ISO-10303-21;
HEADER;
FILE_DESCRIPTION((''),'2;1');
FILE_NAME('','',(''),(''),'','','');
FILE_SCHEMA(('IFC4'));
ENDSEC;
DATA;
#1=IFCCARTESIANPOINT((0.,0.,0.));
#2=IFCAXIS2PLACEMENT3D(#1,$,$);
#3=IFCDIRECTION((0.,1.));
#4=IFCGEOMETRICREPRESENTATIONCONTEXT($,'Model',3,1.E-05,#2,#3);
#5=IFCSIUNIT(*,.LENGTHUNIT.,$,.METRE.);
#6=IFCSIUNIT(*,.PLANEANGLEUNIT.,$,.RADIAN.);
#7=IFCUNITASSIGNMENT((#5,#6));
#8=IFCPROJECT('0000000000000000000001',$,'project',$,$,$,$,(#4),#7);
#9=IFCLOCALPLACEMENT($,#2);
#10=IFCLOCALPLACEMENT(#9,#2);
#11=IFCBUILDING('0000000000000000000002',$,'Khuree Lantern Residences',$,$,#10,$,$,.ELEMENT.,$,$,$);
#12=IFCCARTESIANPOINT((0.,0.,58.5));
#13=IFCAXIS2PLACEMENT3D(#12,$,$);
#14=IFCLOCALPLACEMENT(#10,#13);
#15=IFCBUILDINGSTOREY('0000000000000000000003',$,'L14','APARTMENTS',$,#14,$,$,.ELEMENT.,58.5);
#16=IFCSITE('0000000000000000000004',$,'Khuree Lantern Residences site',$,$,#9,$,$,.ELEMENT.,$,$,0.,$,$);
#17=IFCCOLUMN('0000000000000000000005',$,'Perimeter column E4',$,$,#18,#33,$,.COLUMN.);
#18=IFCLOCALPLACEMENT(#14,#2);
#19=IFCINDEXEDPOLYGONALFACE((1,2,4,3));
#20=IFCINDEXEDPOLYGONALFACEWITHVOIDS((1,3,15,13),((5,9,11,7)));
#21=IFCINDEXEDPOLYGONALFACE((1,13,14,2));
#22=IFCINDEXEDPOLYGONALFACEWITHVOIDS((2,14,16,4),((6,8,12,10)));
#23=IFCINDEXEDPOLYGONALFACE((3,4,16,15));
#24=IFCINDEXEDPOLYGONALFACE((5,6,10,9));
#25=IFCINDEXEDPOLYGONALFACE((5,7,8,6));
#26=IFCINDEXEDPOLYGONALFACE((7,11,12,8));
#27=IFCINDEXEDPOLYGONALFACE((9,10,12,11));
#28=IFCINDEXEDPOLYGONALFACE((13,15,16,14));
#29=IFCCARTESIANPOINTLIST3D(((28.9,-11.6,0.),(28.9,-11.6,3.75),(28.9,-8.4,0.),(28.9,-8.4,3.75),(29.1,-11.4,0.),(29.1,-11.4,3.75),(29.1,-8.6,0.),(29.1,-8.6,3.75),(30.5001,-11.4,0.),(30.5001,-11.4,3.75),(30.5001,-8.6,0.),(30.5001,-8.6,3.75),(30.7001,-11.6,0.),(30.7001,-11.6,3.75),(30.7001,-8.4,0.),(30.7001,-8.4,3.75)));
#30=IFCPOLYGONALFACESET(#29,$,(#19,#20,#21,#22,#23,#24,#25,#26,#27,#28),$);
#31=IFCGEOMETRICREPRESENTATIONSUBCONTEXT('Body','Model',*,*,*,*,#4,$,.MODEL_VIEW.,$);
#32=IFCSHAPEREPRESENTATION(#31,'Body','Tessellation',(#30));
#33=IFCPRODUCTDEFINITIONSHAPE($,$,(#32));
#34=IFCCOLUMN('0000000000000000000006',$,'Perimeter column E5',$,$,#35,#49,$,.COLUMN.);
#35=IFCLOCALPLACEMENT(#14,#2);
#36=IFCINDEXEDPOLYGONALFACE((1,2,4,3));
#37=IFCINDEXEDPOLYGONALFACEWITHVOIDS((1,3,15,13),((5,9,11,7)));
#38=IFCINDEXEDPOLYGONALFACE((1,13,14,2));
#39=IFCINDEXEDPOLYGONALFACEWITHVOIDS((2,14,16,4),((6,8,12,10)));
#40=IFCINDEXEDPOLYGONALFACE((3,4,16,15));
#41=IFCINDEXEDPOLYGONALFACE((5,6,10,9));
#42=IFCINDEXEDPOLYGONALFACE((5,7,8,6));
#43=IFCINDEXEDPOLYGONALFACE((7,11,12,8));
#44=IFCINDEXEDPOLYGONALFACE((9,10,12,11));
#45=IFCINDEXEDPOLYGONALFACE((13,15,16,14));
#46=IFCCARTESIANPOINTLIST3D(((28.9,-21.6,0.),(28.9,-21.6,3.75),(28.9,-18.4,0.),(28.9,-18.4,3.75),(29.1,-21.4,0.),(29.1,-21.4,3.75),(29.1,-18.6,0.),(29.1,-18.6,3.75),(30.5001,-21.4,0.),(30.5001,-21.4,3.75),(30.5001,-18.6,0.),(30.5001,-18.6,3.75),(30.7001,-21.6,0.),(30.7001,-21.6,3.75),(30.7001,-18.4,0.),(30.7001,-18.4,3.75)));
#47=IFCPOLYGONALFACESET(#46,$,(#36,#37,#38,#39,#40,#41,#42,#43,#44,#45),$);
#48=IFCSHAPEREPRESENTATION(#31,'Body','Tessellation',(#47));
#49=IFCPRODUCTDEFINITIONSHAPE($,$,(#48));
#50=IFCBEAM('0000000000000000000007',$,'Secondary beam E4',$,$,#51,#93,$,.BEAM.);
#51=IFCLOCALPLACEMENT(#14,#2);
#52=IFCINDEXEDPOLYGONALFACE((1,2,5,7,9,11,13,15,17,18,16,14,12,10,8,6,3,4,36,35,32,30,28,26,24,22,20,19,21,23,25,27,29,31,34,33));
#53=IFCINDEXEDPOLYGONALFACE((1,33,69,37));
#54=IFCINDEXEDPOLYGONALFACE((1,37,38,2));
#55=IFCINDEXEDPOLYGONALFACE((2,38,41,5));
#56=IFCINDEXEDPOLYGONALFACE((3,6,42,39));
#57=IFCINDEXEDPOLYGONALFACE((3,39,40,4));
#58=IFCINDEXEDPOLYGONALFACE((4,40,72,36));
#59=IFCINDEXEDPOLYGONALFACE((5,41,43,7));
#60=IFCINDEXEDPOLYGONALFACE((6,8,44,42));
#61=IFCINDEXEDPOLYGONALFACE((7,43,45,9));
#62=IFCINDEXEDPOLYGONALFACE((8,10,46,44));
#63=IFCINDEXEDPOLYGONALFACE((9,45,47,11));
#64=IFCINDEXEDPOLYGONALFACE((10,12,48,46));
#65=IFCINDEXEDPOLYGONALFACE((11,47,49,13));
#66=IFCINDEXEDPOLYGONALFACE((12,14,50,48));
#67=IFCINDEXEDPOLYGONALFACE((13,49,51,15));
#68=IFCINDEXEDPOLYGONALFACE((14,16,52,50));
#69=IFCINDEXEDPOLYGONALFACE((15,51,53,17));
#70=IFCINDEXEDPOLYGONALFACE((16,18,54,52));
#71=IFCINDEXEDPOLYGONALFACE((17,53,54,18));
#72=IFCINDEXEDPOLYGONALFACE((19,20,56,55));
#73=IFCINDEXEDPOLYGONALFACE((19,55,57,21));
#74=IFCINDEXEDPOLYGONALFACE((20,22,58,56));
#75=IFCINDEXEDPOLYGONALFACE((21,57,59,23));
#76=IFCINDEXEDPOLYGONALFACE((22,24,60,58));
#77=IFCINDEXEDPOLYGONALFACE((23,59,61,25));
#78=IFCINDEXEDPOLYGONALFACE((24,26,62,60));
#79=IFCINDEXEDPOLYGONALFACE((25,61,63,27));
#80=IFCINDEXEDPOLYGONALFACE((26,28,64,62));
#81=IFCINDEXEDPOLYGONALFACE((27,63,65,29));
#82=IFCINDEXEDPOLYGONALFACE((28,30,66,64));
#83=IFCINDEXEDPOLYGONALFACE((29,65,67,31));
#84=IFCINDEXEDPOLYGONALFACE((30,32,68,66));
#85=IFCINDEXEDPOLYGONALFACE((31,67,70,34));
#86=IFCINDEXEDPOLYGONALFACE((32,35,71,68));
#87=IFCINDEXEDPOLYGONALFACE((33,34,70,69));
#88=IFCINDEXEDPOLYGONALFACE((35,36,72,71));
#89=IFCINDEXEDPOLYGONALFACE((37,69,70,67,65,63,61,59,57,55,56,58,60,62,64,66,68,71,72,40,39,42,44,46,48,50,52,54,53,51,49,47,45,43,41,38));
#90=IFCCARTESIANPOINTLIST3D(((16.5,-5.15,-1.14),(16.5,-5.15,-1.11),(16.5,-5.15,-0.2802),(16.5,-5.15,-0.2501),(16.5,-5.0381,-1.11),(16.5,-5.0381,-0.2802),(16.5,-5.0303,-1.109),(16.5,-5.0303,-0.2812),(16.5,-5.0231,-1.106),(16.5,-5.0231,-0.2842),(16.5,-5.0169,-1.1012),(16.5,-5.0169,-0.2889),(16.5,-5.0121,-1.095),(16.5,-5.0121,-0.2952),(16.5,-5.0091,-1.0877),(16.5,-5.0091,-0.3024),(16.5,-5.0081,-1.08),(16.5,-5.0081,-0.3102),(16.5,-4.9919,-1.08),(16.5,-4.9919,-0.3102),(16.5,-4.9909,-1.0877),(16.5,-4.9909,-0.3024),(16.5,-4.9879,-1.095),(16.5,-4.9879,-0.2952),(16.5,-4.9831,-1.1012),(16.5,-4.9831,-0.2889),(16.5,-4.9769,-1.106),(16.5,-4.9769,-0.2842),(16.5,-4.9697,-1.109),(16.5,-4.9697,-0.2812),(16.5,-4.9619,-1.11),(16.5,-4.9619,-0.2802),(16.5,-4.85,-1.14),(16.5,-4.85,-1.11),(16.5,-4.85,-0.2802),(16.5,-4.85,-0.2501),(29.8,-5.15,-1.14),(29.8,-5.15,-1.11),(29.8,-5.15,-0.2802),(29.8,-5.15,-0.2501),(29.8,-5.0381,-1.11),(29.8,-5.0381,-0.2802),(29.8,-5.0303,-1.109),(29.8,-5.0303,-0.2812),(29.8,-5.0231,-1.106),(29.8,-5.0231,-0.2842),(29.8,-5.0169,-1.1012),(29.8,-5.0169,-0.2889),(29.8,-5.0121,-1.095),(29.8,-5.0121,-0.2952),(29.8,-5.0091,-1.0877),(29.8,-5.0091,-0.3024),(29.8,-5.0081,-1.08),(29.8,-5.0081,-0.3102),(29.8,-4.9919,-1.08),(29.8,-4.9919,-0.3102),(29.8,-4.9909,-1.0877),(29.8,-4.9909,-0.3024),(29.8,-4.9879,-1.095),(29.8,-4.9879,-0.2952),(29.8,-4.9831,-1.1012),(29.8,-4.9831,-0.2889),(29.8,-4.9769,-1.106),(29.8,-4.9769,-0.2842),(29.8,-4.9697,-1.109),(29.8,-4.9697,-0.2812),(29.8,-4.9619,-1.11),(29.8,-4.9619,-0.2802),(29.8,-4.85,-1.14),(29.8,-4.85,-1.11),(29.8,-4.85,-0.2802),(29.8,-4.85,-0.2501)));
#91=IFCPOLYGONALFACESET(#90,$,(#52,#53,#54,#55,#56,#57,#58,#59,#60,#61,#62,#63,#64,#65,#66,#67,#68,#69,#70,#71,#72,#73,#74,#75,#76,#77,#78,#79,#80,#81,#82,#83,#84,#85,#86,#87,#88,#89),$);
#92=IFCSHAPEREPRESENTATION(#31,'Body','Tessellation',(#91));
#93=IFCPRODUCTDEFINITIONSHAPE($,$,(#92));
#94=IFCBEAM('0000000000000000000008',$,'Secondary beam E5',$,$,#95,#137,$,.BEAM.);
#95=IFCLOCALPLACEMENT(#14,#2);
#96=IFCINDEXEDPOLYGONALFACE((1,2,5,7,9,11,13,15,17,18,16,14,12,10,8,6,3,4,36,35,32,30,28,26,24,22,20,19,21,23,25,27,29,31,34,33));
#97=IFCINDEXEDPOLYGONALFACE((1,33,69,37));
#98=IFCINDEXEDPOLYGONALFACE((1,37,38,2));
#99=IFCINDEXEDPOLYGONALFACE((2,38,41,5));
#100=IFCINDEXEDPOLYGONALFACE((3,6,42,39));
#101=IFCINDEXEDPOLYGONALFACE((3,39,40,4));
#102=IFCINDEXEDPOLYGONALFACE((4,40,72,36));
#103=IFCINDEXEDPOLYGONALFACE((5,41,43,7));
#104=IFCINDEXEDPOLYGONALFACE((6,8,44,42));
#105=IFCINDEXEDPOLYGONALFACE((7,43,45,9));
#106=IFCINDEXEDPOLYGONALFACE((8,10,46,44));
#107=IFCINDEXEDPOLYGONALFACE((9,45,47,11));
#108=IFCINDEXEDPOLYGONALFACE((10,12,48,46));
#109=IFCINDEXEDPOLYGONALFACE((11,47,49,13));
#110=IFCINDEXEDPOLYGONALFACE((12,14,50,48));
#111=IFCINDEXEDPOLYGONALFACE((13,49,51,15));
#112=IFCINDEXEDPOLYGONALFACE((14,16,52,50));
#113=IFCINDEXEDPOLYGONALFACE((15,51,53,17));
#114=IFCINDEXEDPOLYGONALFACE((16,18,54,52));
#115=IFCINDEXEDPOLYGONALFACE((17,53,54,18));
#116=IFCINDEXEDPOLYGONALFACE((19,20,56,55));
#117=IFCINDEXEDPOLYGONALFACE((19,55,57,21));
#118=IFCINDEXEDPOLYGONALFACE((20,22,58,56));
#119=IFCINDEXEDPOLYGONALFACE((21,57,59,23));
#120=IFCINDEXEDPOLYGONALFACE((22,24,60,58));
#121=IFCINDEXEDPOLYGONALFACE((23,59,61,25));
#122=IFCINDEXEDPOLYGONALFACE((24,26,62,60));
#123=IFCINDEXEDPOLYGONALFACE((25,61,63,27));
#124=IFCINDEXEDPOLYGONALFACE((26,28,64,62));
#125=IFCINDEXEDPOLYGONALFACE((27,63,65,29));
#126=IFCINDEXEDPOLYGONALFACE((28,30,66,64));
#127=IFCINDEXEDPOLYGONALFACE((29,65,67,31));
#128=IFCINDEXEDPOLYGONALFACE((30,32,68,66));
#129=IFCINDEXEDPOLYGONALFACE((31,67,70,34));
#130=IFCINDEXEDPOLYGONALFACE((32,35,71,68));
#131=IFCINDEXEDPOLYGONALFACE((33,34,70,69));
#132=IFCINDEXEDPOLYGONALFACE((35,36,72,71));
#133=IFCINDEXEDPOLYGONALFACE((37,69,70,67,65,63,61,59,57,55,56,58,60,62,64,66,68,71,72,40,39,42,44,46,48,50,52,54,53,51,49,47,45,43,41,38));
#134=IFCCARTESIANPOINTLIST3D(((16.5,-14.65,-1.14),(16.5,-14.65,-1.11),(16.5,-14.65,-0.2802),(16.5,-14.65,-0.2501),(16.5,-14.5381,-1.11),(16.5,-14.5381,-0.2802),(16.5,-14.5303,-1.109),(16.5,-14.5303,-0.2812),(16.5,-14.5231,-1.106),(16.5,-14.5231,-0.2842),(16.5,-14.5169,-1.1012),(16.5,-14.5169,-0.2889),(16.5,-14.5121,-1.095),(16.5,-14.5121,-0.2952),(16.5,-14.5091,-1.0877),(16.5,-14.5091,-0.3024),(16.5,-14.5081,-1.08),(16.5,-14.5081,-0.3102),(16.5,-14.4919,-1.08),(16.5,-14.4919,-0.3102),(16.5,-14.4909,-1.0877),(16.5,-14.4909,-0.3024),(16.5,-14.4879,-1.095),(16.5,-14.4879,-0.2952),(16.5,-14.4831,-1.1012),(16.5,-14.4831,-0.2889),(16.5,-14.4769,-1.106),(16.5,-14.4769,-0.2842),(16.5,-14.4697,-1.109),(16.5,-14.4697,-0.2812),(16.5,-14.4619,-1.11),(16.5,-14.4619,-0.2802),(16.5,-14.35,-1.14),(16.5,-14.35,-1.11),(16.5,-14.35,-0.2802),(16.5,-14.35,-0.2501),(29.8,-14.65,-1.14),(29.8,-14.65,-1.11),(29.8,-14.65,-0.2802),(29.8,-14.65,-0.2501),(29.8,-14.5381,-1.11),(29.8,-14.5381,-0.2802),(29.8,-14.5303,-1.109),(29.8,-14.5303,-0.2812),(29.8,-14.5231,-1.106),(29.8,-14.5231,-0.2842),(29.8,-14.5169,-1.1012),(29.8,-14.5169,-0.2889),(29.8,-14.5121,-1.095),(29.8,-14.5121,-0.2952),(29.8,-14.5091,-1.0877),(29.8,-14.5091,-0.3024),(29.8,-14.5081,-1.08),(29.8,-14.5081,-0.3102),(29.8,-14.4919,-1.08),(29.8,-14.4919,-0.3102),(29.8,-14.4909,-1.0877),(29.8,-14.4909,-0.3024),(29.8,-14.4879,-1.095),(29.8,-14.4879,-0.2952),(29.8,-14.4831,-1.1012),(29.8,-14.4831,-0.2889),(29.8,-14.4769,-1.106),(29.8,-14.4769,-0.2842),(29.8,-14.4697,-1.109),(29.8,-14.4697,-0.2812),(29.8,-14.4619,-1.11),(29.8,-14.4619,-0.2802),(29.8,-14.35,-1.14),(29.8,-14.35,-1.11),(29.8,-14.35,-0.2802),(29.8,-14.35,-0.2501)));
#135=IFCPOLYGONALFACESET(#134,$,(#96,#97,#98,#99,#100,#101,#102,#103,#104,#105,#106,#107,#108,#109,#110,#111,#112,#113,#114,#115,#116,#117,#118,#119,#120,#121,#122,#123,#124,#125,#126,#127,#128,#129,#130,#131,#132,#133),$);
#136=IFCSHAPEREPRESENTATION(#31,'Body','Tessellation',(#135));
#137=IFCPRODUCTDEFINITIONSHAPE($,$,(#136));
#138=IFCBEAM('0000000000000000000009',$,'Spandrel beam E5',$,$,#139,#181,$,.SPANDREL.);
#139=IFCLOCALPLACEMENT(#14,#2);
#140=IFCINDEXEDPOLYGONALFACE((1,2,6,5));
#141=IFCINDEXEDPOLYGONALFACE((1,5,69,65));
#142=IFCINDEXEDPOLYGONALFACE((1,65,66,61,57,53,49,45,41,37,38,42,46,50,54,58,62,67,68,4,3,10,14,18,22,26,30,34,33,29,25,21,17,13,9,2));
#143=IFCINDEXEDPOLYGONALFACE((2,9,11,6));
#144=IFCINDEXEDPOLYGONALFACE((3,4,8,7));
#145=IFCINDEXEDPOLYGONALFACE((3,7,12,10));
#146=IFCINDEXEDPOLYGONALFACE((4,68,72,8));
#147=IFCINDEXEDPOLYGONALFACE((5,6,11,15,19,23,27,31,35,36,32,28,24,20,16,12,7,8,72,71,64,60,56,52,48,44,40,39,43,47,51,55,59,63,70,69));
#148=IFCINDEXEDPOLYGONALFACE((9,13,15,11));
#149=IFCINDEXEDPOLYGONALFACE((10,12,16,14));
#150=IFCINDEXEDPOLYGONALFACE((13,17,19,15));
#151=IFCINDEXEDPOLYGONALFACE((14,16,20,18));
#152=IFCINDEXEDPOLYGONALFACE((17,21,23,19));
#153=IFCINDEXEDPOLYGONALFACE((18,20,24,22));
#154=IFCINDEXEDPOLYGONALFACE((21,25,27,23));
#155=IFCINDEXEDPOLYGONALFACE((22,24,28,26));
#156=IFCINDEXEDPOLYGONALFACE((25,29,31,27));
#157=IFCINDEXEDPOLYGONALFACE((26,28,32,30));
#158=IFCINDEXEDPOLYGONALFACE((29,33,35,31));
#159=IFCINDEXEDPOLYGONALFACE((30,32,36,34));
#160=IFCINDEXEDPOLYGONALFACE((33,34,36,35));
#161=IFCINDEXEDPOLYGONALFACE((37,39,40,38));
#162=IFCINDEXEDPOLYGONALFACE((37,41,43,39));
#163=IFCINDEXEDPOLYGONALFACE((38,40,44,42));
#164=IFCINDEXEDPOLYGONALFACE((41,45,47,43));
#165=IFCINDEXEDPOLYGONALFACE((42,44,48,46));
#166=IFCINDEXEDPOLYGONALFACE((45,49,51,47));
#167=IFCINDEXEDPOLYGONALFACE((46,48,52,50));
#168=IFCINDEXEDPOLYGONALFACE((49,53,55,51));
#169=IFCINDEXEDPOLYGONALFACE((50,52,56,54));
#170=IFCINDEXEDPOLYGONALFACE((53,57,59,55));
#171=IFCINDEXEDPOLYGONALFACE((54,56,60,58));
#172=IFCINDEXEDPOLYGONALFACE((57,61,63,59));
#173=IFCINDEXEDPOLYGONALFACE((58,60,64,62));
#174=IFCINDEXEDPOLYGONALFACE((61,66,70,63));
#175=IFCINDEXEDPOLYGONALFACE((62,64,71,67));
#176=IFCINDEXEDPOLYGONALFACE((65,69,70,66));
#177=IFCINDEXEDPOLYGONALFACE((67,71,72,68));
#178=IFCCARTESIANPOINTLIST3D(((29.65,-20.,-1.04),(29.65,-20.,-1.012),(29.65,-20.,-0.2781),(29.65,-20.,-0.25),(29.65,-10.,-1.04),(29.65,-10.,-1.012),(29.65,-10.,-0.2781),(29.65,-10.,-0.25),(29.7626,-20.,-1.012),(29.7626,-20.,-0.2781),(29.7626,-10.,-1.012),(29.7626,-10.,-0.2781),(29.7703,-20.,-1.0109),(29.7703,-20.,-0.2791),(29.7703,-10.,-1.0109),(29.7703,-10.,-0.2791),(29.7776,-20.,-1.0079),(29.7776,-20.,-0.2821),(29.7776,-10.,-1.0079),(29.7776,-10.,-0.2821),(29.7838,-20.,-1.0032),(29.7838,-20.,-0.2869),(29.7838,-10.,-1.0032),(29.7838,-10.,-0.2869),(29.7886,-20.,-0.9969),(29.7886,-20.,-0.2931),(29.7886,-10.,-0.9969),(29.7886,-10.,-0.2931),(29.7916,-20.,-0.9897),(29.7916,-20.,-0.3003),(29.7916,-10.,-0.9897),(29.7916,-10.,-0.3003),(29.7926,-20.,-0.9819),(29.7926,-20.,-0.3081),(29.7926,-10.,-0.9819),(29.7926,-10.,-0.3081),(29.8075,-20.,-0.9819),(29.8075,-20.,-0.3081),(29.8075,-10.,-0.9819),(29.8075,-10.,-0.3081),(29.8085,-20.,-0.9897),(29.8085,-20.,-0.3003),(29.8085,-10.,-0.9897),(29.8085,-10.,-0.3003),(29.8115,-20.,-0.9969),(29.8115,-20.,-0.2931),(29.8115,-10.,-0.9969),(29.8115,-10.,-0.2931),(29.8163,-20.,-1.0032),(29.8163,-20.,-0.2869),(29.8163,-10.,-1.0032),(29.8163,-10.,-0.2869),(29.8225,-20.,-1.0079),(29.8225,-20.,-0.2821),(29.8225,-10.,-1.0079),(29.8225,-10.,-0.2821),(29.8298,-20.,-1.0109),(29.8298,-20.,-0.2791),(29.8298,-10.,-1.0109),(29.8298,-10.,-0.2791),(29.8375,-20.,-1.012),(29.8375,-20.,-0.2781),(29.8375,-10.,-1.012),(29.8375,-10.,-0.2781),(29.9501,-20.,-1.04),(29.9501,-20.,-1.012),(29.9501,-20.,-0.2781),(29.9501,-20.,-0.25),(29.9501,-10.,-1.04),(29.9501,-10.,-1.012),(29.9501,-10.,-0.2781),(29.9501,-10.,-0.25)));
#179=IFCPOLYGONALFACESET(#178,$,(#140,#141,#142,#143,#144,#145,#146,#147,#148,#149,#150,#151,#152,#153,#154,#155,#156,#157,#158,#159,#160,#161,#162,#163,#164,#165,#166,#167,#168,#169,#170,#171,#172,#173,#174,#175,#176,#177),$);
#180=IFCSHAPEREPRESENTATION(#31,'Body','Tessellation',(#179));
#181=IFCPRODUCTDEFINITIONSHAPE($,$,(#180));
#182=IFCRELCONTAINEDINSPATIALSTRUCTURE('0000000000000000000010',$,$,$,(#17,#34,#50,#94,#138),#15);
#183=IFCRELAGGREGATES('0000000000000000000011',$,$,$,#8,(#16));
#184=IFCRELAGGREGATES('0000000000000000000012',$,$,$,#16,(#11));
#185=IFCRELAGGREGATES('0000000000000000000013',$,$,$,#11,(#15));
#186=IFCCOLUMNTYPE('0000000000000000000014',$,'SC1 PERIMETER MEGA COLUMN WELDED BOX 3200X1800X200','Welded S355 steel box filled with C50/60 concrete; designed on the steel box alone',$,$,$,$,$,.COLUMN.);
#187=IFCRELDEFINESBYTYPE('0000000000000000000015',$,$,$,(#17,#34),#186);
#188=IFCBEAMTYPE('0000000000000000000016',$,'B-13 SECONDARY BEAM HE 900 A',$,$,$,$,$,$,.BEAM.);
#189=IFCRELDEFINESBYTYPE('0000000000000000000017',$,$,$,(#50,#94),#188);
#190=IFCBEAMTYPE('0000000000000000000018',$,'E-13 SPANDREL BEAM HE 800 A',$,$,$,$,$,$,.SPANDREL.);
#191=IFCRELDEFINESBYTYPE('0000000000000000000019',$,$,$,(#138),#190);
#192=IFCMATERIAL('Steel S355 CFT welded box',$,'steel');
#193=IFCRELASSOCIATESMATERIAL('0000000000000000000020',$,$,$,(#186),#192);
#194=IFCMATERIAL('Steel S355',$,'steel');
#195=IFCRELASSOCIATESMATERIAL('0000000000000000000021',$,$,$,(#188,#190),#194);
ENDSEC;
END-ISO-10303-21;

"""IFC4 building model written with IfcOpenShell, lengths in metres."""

from ifc_helpers import new_model, si_unit, direction, frame, origin, origin_2d, place, context, subcontext, project, spatial, hollow_rectangle, i_section, extrude, material, material_profile, profile_set, type_object, element, save


model = new_model("IFC4")

# Units and contexts
model_context = context("Model", 3, precision=1e-05, world=origin(), true_north=direction((0.0, 1.0)))
body_context = subcontext(model_context, "Body", "Model", "MODEL_VIEW")
ifc_project = project(units=[si_unit("LENGTHUNIT", "METRE"), si_unit("PLANEANGLEUNIT", "RADIAN")], contexts=[model_context])

# Site, building, storey
site_placement = place(None, origin())
site = spatial("IfcSite", under=ifc_project, at=site_placement, Name="Khuree Lantern Residences site", CompositionType="ELEMENT", RefElevation=0.0)
building_placement = place(site_placement, origin())
building = spatial("IfcBuilding", under=site, at=building_placement, Name="Khuree Lantern Residences", CompositionType="ELEMENT")
storey_placement = place(building_placement, frame((0.0, 0.0, 58.5)))
storey = spatial("IfcBuildingStorey", under=building, at=storey_placement, Name="L14", Description="APARTMENTS", CompositionType="ELEMENT", Elevation=58.5)

# Columns
ifc_material_1 = material(Name="Steel S355 CFT welded box", Category="steel")
ifc_material_profile_1 = material_profile(ifc_material_1, hollow_rectangle(XDim=3.2, YDim=1.8, WallThickness=0.2, at=origin_2d()), Name="WELDED BOX 3200X1800X200")
ifc_profile_set_1 = profile_set([ifc_material_profile_1], Name="Steel S355 CFT welded box")
column_type = type_object("IfcColumnType", Name="SC1 PERIMETER MEGA COLUMN WELDED BOX 3200X1800X200", Description="Welded S355 steel box filled with C50/60 concrete; designed on the steel box alone", PredefinedType="COLUMN", material=ifc_profile_set_1)
for number, where, z_axis, x_axis, name in (
    (1, (29.8, -10.0, 0.0), (0.0, 0.0, 1.0), (0.0, 1.0, 0.0), "Perimeter column E4"),
    (2, (29.8, -20.0, 0.0), (0.0, 0.0, 1.0), (0.0, 1.0, 0.0), "Perimeter column E5"),
):
    element("IfcColumn", number, at=place(storey_placement, frame(where, z_axis=z_axis, x_axis=x_axis)), inside=storey, type_object=column_type, Name=name, PredefinedType="COLUMN", context=body_context, shape_type="SweptSolid", body=[
        extrude(hollow_rectangle(XDim=3.2, YDim=1.8, WallThickness=0.2, at=origin_2d()), origin(), (0.0, 0.0, 1.0), 3.75),
    ])

# Beams
ifc_material_2 = material(Name="Steel S355", Category="steel")
ifc_material_profile_2 = material_profile(ifc_material_2, i_section(OverallWidth=0.3, OverallDepth=0.8899, WebThickness=0.0161, FlangeThickness=0.03, FilletRadius=0.03, at=origin_2d()), Name="HE 900 A")
ifc_profile_set_2 = profile_set([ifc_material_profile_2], Name="Steel S355")
beam_type_1 = type_object("IfcBeamType", Name="B-13 SECONDARY BEAM HE 900 A", PredefinedType="BEAM", material=ifc_profile_set_2)
for number, where, z_axis, x_axis, name in (
    (3, (29.8, -5.0, -0.6951), (-1.0, 0.0, 0.0), (0.0, -1.0, 0.0), "Secondary beam E4"),
    (4, (29.8, -14.5, -0.6951), (-1.0, 0.0, 0.0), (0.0, -1.0, 0.0), "Secondary beam E5"),
):
    element("IfcBeam", number, at=place(storey_placement, frame(where, z_axis=z_axis, x_axis=x_axis)), inside=storey, type_object=beam_type_1, Name=name, PredefinedType="BEAM", context=body_context, shape_type="SweptSolid", body=[
        extrude(i_section(OverallWidth=0.3, OverallDepth=0.8899, WebThickness=0.0161, FlangeThickness=0.03, FilletRadius=0.03, at=origin_2d()), origin(), (0.0, 0.0, 1.0), 13.3),
    ])
ifc_material_profile_3 = material_profile(ifc_material_2, i_section(OverallWidth=0.3, OverallDepth=0.79, WebThickness=0.0149, FlangeThickness=0.0281, FilletRadius=0.03, at=origin_2d()), Name="HE 800 A")
ifc_profile_set_3 = profile_set([ifc_material_profile_3], Name="Steel S355")
beam_type_2 = type_object("IfcBeamType", Name="E-13 SPANDREL BEAM HE 800 A", PredefinedType="SPANDREL", material=ifc_profile_set_3)
beam_1_placement = place(storey_placement, frame((29.8, -10.0, -0.645), z_axis=(0.0, -1.0, 0.0), x_axis=(1.0, 0.0, 0.0)))
element("IfcBeam", 5, at=beam_1_placement, inside=storey, type_object=beam_type_2, Name="Spandrel beam E5", PredefinedType="SPANDREL", context=body_context, shape_type="SweptSolid", body=[
    extrude(i_section(OverallWidth=0.3, OverallDepth=0.79, WebThickness=0.0149, FlangeThickness=0.0281, FilletRadius=0.03, at=origin_2d()), origin(), (0.0, 0.0, 1.0), 10.0),
])

save(model, "model.ifc")
